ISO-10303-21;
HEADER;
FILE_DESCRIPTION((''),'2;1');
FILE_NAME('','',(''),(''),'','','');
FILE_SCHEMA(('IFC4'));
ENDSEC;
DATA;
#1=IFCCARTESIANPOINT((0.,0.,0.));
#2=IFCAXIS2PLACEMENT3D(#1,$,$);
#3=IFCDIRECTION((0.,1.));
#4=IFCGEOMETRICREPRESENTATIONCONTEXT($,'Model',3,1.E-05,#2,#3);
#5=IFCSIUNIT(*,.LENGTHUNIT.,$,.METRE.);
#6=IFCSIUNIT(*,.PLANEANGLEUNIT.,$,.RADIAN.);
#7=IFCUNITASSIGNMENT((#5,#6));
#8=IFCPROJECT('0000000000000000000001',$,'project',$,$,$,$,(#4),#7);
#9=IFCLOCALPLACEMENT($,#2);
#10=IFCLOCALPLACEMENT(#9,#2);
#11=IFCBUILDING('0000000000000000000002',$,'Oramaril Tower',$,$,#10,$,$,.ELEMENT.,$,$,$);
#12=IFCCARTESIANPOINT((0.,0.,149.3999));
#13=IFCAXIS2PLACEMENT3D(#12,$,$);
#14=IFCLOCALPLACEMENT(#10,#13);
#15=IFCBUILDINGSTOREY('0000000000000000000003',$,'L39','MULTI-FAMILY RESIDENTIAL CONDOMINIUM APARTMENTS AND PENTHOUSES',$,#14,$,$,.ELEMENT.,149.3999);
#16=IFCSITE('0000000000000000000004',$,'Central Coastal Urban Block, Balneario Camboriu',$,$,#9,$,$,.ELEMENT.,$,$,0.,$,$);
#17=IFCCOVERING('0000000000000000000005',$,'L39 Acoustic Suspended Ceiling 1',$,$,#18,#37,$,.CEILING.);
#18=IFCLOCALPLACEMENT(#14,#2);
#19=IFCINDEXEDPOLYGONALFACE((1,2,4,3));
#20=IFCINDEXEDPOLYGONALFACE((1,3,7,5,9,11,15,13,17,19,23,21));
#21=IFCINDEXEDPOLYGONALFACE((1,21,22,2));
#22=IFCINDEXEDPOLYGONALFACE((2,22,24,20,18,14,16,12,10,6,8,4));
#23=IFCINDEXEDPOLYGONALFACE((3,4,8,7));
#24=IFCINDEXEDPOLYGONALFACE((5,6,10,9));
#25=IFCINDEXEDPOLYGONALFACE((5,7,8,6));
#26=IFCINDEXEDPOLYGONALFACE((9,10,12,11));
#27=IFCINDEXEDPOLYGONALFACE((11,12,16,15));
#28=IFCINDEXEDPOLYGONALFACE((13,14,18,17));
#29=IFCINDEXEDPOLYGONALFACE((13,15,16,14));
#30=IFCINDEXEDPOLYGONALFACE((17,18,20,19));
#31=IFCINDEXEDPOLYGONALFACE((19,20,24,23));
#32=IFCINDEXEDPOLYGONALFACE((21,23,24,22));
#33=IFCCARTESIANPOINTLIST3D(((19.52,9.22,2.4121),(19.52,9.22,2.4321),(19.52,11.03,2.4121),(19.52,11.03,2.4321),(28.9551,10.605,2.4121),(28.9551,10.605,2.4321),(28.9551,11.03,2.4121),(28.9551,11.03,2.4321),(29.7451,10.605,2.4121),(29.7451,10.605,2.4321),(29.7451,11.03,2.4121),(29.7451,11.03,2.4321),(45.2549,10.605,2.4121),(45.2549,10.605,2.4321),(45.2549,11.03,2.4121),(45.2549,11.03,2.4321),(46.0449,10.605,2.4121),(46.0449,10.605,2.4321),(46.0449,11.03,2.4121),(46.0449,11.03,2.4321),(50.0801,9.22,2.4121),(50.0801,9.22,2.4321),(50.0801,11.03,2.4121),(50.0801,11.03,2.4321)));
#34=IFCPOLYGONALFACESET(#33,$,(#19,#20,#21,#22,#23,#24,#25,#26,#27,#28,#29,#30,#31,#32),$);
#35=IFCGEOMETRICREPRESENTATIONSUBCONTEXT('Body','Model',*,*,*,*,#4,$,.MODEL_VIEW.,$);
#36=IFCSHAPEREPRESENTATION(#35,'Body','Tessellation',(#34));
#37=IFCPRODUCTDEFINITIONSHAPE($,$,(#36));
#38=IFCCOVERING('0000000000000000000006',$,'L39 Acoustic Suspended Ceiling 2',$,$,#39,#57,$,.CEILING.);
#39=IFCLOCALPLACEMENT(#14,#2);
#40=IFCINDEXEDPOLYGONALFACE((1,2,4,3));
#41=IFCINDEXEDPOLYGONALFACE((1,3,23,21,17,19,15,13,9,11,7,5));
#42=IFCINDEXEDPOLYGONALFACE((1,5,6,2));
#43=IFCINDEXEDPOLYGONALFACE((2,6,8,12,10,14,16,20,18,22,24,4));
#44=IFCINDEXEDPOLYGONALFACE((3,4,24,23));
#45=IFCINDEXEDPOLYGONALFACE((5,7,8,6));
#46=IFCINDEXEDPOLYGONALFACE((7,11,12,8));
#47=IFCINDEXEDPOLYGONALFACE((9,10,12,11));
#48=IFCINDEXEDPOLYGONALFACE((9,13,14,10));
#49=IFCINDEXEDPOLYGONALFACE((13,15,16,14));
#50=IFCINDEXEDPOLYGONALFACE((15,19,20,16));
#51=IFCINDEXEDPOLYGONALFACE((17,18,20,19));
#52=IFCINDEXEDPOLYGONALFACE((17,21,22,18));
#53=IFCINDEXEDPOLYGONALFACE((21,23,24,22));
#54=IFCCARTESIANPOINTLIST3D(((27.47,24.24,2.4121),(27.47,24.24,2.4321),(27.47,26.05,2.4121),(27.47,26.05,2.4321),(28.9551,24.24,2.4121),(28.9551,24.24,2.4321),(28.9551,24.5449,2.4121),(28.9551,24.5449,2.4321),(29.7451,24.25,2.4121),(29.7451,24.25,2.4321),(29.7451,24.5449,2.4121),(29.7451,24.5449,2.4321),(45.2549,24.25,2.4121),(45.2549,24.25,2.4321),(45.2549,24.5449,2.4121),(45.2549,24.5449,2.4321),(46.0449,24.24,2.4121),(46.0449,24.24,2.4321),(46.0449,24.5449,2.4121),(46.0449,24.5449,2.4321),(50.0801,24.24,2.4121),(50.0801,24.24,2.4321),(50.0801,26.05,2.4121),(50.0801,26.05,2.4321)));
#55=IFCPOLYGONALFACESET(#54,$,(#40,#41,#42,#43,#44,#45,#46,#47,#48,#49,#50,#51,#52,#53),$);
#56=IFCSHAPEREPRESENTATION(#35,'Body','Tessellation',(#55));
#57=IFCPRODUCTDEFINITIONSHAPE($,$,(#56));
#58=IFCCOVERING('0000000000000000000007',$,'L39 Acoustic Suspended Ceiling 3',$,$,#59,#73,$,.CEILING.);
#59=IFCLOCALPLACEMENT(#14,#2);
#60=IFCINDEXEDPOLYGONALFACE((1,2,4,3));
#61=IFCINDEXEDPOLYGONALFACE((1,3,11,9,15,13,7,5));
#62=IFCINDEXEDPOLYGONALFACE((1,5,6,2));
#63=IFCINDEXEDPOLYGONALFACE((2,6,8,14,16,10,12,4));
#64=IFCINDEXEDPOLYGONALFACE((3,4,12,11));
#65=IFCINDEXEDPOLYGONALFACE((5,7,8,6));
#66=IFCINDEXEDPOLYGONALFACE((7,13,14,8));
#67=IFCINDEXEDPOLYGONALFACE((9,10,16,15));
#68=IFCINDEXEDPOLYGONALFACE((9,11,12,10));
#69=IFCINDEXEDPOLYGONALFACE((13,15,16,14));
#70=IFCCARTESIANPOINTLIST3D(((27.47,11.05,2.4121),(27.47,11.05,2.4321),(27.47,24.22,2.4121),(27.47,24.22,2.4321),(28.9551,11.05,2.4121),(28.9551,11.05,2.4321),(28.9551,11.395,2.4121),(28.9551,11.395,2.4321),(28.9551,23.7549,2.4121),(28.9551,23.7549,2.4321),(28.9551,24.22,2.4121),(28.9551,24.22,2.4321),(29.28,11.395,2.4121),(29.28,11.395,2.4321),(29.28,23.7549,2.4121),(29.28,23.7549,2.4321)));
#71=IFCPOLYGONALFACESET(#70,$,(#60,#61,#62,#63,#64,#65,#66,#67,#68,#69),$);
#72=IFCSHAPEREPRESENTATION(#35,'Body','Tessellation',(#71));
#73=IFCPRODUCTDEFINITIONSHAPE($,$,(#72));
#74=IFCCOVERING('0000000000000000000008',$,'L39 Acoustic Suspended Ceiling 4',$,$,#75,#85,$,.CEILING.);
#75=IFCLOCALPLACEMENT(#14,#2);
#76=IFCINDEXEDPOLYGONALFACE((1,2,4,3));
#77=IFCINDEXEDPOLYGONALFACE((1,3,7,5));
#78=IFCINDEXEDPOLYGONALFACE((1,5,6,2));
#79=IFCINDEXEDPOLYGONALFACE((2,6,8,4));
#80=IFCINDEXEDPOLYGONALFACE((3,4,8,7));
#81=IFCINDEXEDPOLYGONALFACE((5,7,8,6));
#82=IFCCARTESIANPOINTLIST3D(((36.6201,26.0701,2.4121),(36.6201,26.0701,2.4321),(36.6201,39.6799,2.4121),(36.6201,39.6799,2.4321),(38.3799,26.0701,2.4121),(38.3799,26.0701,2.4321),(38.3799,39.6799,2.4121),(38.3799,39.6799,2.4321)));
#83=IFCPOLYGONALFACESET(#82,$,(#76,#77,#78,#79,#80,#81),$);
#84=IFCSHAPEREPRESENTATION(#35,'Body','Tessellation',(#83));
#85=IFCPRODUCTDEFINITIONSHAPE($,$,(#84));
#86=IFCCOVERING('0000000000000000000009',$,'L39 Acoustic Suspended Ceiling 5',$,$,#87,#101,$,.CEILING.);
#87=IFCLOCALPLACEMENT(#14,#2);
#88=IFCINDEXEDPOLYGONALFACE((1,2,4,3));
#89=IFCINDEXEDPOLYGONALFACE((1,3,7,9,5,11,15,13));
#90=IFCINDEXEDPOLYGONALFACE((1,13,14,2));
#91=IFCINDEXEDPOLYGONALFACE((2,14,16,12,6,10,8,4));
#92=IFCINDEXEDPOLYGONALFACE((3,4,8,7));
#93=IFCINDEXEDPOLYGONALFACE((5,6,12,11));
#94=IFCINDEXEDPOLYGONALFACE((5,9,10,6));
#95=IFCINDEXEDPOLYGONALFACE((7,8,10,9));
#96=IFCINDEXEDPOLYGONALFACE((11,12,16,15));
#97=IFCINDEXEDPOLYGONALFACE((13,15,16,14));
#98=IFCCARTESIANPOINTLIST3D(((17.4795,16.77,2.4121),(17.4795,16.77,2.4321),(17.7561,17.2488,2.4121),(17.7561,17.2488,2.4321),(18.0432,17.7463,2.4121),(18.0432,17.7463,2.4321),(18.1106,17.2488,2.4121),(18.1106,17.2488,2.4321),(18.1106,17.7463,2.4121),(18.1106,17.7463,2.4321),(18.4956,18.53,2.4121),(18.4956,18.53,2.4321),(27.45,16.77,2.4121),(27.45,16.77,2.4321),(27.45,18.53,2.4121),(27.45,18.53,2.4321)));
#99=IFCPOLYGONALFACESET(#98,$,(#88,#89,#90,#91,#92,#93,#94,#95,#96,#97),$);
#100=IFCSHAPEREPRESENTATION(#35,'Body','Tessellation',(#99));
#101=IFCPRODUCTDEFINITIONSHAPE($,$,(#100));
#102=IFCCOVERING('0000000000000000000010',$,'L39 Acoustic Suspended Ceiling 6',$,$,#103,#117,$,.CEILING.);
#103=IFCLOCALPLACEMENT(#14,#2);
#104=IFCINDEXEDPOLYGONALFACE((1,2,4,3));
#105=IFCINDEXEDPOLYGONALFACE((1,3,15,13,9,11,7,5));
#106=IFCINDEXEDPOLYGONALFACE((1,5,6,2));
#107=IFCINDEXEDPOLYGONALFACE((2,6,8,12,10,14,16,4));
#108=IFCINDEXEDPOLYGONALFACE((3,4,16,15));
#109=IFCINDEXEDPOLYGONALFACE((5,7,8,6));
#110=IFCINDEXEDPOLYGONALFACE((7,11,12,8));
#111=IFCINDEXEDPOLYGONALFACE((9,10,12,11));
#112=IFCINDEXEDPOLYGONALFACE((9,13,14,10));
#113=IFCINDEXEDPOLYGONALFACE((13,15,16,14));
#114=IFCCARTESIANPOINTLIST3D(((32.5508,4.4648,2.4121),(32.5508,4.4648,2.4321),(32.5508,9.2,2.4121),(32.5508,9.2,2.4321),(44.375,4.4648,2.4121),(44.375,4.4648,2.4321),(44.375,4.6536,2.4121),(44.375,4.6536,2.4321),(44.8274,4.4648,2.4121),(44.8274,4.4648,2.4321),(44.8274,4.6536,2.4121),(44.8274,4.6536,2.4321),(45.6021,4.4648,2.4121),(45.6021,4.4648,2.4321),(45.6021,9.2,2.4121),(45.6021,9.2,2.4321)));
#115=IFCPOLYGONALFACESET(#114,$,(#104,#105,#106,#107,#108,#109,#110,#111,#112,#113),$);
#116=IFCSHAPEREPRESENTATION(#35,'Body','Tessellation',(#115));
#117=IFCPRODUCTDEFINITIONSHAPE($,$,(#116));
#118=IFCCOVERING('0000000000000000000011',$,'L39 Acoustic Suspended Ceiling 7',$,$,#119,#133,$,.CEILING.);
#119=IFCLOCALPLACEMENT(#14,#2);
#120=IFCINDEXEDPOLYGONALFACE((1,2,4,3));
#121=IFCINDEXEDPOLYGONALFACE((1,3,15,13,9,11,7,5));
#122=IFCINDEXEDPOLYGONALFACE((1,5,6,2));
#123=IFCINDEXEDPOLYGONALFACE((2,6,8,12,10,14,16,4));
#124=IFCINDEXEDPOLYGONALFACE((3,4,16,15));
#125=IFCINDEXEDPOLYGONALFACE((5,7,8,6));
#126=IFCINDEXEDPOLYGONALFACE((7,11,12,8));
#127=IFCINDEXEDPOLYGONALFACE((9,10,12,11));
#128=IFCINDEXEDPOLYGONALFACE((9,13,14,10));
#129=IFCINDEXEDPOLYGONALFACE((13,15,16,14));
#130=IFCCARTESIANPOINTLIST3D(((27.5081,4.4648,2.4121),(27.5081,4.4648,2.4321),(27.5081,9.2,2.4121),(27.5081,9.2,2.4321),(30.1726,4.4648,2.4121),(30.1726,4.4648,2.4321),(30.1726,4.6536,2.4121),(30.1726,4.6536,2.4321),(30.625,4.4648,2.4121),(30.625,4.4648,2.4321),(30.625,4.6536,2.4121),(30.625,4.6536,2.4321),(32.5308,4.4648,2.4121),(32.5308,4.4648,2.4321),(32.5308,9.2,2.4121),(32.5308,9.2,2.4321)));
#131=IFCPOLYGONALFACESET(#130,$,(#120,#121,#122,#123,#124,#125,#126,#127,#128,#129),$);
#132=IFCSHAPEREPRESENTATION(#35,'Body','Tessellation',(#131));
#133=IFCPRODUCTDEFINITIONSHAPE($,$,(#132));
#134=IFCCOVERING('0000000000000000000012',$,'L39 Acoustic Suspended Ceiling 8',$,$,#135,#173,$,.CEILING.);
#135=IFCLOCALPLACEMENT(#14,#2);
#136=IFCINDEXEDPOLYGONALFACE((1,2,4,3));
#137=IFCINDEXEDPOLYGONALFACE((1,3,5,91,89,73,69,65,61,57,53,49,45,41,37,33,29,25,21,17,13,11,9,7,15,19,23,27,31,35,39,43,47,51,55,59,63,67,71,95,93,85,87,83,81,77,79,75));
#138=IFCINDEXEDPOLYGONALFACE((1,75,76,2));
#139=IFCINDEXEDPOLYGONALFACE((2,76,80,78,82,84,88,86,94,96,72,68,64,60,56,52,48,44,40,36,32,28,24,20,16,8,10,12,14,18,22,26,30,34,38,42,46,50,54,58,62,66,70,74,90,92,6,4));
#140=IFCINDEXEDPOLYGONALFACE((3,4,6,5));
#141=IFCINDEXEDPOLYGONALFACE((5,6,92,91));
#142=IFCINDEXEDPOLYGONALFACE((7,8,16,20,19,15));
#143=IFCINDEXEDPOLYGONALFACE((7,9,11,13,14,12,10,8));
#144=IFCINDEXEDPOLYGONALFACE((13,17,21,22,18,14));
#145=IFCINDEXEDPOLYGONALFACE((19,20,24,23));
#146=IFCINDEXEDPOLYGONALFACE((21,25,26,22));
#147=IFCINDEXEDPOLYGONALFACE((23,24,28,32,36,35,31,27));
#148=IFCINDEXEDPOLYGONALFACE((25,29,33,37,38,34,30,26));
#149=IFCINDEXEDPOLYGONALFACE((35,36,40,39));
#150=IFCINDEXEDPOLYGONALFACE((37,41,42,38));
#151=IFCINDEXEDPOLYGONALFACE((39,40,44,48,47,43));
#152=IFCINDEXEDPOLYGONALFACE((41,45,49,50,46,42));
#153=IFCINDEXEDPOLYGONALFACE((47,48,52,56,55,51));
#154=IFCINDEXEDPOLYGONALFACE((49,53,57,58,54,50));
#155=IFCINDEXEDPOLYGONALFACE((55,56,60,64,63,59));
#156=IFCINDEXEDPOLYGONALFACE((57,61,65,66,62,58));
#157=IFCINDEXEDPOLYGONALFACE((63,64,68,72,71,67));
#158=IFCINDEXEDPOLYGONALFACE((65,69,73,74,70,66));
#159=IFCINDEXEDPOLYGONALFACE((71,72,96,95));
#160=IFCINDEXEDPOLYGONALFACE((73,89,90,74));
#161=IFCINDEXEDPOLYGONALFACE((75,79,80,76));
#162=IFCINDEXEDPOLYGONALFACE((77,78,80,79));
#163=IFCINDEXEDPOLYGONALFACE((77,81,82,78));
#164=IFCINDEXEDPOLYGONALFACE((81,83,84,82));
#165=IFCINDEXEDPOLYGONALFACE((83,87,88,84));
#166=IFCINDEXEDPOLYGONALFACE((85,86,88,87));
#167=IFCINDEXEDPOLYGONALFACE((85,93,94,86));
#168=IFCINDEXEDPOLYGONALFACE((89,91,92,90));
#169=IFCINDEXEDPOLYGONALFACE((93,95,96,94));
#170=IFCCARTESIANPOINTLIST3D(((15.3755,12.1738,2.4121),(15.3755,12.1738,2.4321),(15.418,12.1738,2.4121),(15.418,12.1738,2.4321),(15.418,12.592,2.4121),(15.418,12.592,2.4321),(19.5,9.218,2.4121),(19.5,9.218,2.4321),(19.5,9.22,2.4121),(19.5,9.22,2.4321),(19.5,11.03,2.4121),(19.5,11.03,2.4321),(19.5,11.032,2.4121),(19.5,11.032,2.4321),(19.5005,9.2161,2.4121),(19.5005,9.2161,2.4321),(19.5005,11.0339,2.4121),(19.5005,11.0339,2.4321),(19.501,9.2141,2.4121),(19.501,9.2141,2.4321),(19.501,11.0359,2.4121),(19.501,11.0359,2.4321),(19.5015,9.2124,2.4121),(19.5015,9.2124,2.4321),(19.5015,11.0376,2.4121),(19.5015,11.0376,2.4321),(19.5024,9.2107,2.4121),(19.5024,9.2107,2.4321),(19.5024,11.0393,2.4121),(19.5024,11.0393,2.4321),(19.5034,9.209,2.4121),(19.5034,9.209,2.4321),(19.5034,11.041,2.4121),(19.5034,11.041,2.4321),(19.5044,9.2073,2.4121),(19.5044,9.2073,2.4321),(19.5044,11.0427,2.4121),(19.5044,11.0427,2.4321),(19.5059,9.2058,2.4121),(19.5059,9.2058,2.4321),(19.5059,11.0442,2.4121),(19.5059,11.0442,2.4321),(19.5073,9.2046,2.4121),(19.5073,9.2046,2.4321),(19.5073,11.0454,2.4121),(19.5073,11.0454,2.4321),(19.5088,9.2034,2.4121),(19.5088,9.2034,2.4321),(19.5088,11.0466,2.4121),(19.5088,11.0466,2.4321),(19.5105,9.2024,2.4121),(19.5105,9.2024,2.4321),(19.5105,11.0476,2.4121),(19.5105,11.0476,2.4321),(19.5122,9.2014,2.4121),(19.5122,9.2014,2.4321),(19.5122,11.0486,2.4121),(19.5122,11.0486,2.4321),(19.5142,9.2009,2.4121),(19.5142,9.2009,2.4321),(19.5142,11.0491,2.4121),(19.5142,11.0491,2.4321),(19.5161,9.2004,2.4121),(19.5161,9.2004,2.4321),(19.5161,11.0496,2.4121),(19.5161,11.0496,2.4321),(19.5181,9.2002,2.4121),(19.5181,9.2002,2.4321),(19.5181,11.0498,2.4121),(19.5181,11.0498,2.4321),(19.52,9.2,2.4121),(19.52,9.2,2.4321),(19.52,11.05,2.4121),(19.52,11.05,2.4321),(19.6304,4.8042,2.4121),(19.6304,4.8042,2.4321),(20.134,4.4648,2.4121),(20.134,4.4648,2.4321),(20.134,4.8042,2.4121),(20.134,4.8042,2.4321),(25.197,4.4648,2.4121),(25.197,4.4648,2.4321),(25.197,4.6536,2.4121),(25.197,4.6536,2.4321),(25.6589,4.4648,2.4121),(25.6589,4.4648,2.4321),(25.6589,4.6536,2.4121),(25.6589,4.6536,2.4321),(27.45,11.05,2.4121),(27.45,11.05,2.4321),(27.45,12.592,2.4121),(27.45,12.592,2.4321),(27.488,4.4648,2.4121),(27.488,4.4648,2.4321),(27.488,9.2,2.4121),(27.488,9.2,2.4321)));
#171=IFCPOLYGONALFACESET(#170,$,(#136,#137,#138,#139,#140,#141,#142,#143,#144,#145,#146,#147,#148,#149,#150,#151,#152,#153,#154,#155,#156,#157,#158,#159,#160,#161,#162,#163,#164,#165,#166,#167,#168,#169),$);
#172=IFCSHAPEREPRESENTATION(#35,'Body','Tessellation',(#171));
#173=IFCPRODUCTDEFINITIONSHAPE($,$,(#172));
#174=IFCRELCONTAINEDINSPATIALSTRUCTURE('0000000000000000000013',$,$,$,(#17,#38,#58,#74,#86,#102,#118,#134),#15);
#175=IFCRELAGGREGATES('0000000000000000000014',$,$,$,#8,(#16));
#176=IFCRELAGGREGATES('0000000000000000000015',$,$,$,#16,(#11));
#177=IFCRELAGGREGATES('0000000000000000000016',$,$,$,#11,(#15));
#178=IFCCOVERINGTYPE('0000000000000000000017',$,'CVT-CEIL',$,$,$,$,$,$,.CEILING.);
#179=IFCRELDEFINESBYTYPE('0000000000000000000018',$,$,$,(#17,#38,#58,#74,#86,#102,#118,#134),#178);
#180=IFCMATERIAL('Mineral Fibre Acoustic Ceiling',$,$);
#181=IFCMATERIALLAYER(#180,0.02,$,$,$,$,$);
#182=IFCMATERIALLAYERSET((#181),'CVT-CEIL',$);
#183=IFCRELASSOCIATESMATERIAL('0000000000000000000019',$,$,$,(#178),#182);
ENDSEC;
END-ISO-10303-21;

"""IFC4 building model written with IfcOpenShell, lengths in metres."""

from ifc_helpers import new_model, si_unit, direction, frame, origin, place, context, subcontext, project, spatial, polyline, outline, extrude, material, layer, layer_set, type_object, element, save


model = new_model("IFC4")

# Units and contexts
model_context = context("Model", 3, precision=1e-05, world=origin(), true_north=direction((0.0, 1.0)))
body_context = subcontext(model_context, "Body", "Model", "MODEL_VIEW")
ifc_project = project(units=[si_unit("LENGTHUNIT", "METRE"), si_unit("PLANEANGLEUNIT", "RADIAN")], contexts=[model_context])

# Site, building, storey
site_placement = place(None, origin())
site = spatial("IfcSite", under=ifc_project, at=site_placement, Name="Central Coastal Urban Block, Balneario Camboriu", CompositionType="ELEMENT", RefElevation=0.0)
building_placement = place(site_placement, origin())
building = spatial("IfcBuilding", under=site, at=building_placement, Name="Oramaril Tower", CompositionType="ELEMENT")
storey_placement = place(building_placement, frame((0.0, 0.0, 149.3999)))
storey = spatial("IfcBuildingStorey", under=building, at=storey_placement, Name="L39", Description="MULTI-FAMILY RESIDENTIAL CONDOMINIUM APARTMENTS AND PENTHOUSES", CompositionType="ELEMENT", Elevation=149.3999)

# Coverings
ifc_material_1 = material(Name="Mineral Fibre Acoustic Ceiling")
ifc_layer_1 = layer(ifc_material_1, 0.02)
ifc_layer_set_1 = layer_set([ifc_layer_1], Name="CVT-CEIL")
covering_type_1 = type_object("IfcCoveringType", Name="CVT-CEIL", PredefinedType="CEILING", material=ifc_layer_set_1)
covering_1_placement = place(storey_placement, frame((0.0, 0.0, 2.4121)))
element("IfcCovering", 1, at=covering_1_placement, inside=storey, type_object=covering_type_1, Name="L39 Acoustic Suspended Ceiling 1", PredefinedType="CEILING", context=body_context, shape_type="SweptSolid", body=[
    extrude(outline(polyline([(28.9551, 10.605), (29.7451, 10.605), (29.7451, 11.03), (45.2549, 11.03), (45.2549, 10.605), (46.0449, 10.605), (46.0449, 11.03), (50.0801, 11.03), (50.0801, 9.22), (19.52, 9.22), (19.52, 11.03), (28.9551, 11.03), (28.9551, 10.605)])), origin(), (0.0, 0.0, 1.0), 0.02),
])
covering_2_placement = place(storey_placement, frame((0.0, 0.0, 2.4121)))
element("IfcCovering", 2, at=covering_2_placement, inside=storey, type_object=covering_type_1, Name="L39 Acoustic Suspended Ceiling 2", PredefinedType="CEILING", context=body_context, shape_type="SweptSolid", body=[
    extrude(outline(polyline([(50.0801, 24.24), (46.0449, 24.24), (46.0449, 24.5449), (45.2549, 24.5449), (45.2549, 24.25), (29.7451, 24.25), (29.7451, 24.5449), (28.9551, 24.5449), (28.9551, 24.24), (27.47, 24.24), (27.47, 26.05), (50.0801, 26.05), (50.0801, 24.24)])), origin(), (0.0, 0.0, 1.0), 0.02),
])
covering_3_placement = place(storey_placement, frame((0.0, 0.0, 2.4121)))
element("IfcCovering", 3, at=covering_3_placement, inside=storey, type_object=covering_type_1, Name="L39 Acoustic Suspended Ceiling 3", PredefinedType="CEILING", context=body_context, shape_type="SweptSolid", body=[
    extrude(outline(polyline([(28.9551, 23.7549), (29.28, 23.7549), (29.28, 11.395), (28.9551, 11.395), (28.9551, 11.05), (27.47, 11.05), (27.47, 24.22), (28.9551, 24.22), (28.9551, 23.7549)])), origin(), (0.0, 0.0, 1.0), 0.02),
])
covering_4_placement = place(storey_placement, frame((0.0, 0.0, 2.4121)))
element("IfcCovering", 4, at=covering_4_placement, inside=storey, type_object=covering_type_1, Name="L39 Acoustic Suspended Ceiling 4", PredefinedType="CEILING", context=body_context, shape_type="SweptSolid", body=[
    extrude(outline(polyline([(38.3799, 26.0701), (36.6201, 26.0701), (36.6201, 39.6799), (38.3799, 39.6799), (38.3799, 26.0701)])), origin(), (0.0, 0.0, 1.0), 0.02),
])
covering_5_placement = place(storey_placement, frame((0.0, 0.0, 2.4121)))
element("IfcCovering", 5, at=covering_5_placement, inside=storey, type_object=covering_type_1, Name="L39 Acoustic Suspended Ceiling 5", PredefinedType="CEILING", context=body_context, shape_type="SweptSolid", body=[
    extrude(outline(polyline([(17.4795, 16.77), (17.7561, 17.2488), (18.1106, 17.2488), (18.1106, 17.7463), (18.0432, 17.7463), (18.4956, 18.53), (27.45, 18.53), (27.45, 16.77), (17.4795, 16.77)])), origin(), (0.0, 0.0, 1.0), 0.02),
])
covering_6_placement = place(storey_placement, frame((0.0, 0.0, 2.4121)))
element("IfcCovering", 6, at=covering_6_placement, inside=storey, type_object=covering_type_1, Name="L39 Acoustic Suspended Ceiling 6", PredefinedType="CEILING", context=body_context, shape_type="SweptSolid", body=[
    extrude(outline(polyline([(44.8274, 4.6536), (44.375, 4.6536), (44.375, 4.4648), (32.5508, 4.4648), (32.5508, 9.2), (45.6021, 9.2), (45.6021, 4.4648), (44.8274, 4.4648), (44.8274, 4.6536)])), origin(), (0.0, 0.0, 1.0), 0.02),
])
covering_7_placement = place(storey_placement, frame((0.0, 0.0, 2.4121)))
element("IfcCovering", 7, at=covering_7_placement, inside=storey, type_object=covering_type_1, Name="L39 Acoustic Suspended Ceiling 7", PredefinedType="CEILING", context=body_context, shape_type="SweptSolid", body=[
    extrude(outline(polyline([(30.625, 4.6536), (30.1726, 4.6536), (30.1726, 4.4648), (27.5081, 4.4648), (27.5081, 9.2), (32.5308, 9.2), (32.5308, 4.4648), (30.625, 4.4648), (30.625, 4.6536)])), origin(), (0.0, 0.0, 1.0), 0.02),
])
covering_8_placement = place(storey_placement, frame((0.0, 0.0, 2.4121)))
element("IfcCovering", 8, at=covering_8_placement, inside=storey, type_object=covering_type_1, Name="L39 Acoustic Suspended Ceiling 8", PredefinedType="CEILING", context=body_context, shape_type="SweptSolid", body=[
    extrude(outline(polyline([(25.6589, 4.4648), (25.6589, 4.6536), (25.197, 4.6536), (25.197, 4.4648), (20.134, 4.4648), (20.134, 4.8042), (19.6304, 4.8042), (15.3755, 12.1738), (15.418, 12.1738), (15.418, 12.592), (27.45, 12.592), (27.45, 11.05), (19.52, 11.05), (19.5181, 11.0498), (19.5161, 11.0496), (19.5142, 11.0491), (19.5122, 11.0486), (19.5105, 11.0476), (19.5088, 11.0466), (19.5073, 11.0454), (19.5059, 11.0442), (19.5044, 11.0427), (19.5034, 11.041), (19.5024, 11.0393), (19.5015, 11.0376), (19.501, 11.0359), (19.5005, 11.0339), (19.5, 11.032), (19.5, 11.03), (19.5, 9.22), (19.5, 9.218), (19.5005, 9.2161), (19.501, 9.2141), (19.5015, 9.2124), (19.5024, 9.2107), (19.5034, 9.209), (19.5044, 9.2073), (19.5059, 9.2058), (19.5073, 9.2046), (19.5088, 9.2034), (19.5105, 9.2024), (19.5122, 9.2014), (19.5142, 9.2009), (19.5161, 9.2004), (19.5181, 9.2002), (19.52, 9.2), (27.488, 9.2), (27.488, 4.4648), (25.6589, 4.4648)])), origin(), (0.0, 0.0, 1.0), 0.02),
])

save(model, "model.ifc")
